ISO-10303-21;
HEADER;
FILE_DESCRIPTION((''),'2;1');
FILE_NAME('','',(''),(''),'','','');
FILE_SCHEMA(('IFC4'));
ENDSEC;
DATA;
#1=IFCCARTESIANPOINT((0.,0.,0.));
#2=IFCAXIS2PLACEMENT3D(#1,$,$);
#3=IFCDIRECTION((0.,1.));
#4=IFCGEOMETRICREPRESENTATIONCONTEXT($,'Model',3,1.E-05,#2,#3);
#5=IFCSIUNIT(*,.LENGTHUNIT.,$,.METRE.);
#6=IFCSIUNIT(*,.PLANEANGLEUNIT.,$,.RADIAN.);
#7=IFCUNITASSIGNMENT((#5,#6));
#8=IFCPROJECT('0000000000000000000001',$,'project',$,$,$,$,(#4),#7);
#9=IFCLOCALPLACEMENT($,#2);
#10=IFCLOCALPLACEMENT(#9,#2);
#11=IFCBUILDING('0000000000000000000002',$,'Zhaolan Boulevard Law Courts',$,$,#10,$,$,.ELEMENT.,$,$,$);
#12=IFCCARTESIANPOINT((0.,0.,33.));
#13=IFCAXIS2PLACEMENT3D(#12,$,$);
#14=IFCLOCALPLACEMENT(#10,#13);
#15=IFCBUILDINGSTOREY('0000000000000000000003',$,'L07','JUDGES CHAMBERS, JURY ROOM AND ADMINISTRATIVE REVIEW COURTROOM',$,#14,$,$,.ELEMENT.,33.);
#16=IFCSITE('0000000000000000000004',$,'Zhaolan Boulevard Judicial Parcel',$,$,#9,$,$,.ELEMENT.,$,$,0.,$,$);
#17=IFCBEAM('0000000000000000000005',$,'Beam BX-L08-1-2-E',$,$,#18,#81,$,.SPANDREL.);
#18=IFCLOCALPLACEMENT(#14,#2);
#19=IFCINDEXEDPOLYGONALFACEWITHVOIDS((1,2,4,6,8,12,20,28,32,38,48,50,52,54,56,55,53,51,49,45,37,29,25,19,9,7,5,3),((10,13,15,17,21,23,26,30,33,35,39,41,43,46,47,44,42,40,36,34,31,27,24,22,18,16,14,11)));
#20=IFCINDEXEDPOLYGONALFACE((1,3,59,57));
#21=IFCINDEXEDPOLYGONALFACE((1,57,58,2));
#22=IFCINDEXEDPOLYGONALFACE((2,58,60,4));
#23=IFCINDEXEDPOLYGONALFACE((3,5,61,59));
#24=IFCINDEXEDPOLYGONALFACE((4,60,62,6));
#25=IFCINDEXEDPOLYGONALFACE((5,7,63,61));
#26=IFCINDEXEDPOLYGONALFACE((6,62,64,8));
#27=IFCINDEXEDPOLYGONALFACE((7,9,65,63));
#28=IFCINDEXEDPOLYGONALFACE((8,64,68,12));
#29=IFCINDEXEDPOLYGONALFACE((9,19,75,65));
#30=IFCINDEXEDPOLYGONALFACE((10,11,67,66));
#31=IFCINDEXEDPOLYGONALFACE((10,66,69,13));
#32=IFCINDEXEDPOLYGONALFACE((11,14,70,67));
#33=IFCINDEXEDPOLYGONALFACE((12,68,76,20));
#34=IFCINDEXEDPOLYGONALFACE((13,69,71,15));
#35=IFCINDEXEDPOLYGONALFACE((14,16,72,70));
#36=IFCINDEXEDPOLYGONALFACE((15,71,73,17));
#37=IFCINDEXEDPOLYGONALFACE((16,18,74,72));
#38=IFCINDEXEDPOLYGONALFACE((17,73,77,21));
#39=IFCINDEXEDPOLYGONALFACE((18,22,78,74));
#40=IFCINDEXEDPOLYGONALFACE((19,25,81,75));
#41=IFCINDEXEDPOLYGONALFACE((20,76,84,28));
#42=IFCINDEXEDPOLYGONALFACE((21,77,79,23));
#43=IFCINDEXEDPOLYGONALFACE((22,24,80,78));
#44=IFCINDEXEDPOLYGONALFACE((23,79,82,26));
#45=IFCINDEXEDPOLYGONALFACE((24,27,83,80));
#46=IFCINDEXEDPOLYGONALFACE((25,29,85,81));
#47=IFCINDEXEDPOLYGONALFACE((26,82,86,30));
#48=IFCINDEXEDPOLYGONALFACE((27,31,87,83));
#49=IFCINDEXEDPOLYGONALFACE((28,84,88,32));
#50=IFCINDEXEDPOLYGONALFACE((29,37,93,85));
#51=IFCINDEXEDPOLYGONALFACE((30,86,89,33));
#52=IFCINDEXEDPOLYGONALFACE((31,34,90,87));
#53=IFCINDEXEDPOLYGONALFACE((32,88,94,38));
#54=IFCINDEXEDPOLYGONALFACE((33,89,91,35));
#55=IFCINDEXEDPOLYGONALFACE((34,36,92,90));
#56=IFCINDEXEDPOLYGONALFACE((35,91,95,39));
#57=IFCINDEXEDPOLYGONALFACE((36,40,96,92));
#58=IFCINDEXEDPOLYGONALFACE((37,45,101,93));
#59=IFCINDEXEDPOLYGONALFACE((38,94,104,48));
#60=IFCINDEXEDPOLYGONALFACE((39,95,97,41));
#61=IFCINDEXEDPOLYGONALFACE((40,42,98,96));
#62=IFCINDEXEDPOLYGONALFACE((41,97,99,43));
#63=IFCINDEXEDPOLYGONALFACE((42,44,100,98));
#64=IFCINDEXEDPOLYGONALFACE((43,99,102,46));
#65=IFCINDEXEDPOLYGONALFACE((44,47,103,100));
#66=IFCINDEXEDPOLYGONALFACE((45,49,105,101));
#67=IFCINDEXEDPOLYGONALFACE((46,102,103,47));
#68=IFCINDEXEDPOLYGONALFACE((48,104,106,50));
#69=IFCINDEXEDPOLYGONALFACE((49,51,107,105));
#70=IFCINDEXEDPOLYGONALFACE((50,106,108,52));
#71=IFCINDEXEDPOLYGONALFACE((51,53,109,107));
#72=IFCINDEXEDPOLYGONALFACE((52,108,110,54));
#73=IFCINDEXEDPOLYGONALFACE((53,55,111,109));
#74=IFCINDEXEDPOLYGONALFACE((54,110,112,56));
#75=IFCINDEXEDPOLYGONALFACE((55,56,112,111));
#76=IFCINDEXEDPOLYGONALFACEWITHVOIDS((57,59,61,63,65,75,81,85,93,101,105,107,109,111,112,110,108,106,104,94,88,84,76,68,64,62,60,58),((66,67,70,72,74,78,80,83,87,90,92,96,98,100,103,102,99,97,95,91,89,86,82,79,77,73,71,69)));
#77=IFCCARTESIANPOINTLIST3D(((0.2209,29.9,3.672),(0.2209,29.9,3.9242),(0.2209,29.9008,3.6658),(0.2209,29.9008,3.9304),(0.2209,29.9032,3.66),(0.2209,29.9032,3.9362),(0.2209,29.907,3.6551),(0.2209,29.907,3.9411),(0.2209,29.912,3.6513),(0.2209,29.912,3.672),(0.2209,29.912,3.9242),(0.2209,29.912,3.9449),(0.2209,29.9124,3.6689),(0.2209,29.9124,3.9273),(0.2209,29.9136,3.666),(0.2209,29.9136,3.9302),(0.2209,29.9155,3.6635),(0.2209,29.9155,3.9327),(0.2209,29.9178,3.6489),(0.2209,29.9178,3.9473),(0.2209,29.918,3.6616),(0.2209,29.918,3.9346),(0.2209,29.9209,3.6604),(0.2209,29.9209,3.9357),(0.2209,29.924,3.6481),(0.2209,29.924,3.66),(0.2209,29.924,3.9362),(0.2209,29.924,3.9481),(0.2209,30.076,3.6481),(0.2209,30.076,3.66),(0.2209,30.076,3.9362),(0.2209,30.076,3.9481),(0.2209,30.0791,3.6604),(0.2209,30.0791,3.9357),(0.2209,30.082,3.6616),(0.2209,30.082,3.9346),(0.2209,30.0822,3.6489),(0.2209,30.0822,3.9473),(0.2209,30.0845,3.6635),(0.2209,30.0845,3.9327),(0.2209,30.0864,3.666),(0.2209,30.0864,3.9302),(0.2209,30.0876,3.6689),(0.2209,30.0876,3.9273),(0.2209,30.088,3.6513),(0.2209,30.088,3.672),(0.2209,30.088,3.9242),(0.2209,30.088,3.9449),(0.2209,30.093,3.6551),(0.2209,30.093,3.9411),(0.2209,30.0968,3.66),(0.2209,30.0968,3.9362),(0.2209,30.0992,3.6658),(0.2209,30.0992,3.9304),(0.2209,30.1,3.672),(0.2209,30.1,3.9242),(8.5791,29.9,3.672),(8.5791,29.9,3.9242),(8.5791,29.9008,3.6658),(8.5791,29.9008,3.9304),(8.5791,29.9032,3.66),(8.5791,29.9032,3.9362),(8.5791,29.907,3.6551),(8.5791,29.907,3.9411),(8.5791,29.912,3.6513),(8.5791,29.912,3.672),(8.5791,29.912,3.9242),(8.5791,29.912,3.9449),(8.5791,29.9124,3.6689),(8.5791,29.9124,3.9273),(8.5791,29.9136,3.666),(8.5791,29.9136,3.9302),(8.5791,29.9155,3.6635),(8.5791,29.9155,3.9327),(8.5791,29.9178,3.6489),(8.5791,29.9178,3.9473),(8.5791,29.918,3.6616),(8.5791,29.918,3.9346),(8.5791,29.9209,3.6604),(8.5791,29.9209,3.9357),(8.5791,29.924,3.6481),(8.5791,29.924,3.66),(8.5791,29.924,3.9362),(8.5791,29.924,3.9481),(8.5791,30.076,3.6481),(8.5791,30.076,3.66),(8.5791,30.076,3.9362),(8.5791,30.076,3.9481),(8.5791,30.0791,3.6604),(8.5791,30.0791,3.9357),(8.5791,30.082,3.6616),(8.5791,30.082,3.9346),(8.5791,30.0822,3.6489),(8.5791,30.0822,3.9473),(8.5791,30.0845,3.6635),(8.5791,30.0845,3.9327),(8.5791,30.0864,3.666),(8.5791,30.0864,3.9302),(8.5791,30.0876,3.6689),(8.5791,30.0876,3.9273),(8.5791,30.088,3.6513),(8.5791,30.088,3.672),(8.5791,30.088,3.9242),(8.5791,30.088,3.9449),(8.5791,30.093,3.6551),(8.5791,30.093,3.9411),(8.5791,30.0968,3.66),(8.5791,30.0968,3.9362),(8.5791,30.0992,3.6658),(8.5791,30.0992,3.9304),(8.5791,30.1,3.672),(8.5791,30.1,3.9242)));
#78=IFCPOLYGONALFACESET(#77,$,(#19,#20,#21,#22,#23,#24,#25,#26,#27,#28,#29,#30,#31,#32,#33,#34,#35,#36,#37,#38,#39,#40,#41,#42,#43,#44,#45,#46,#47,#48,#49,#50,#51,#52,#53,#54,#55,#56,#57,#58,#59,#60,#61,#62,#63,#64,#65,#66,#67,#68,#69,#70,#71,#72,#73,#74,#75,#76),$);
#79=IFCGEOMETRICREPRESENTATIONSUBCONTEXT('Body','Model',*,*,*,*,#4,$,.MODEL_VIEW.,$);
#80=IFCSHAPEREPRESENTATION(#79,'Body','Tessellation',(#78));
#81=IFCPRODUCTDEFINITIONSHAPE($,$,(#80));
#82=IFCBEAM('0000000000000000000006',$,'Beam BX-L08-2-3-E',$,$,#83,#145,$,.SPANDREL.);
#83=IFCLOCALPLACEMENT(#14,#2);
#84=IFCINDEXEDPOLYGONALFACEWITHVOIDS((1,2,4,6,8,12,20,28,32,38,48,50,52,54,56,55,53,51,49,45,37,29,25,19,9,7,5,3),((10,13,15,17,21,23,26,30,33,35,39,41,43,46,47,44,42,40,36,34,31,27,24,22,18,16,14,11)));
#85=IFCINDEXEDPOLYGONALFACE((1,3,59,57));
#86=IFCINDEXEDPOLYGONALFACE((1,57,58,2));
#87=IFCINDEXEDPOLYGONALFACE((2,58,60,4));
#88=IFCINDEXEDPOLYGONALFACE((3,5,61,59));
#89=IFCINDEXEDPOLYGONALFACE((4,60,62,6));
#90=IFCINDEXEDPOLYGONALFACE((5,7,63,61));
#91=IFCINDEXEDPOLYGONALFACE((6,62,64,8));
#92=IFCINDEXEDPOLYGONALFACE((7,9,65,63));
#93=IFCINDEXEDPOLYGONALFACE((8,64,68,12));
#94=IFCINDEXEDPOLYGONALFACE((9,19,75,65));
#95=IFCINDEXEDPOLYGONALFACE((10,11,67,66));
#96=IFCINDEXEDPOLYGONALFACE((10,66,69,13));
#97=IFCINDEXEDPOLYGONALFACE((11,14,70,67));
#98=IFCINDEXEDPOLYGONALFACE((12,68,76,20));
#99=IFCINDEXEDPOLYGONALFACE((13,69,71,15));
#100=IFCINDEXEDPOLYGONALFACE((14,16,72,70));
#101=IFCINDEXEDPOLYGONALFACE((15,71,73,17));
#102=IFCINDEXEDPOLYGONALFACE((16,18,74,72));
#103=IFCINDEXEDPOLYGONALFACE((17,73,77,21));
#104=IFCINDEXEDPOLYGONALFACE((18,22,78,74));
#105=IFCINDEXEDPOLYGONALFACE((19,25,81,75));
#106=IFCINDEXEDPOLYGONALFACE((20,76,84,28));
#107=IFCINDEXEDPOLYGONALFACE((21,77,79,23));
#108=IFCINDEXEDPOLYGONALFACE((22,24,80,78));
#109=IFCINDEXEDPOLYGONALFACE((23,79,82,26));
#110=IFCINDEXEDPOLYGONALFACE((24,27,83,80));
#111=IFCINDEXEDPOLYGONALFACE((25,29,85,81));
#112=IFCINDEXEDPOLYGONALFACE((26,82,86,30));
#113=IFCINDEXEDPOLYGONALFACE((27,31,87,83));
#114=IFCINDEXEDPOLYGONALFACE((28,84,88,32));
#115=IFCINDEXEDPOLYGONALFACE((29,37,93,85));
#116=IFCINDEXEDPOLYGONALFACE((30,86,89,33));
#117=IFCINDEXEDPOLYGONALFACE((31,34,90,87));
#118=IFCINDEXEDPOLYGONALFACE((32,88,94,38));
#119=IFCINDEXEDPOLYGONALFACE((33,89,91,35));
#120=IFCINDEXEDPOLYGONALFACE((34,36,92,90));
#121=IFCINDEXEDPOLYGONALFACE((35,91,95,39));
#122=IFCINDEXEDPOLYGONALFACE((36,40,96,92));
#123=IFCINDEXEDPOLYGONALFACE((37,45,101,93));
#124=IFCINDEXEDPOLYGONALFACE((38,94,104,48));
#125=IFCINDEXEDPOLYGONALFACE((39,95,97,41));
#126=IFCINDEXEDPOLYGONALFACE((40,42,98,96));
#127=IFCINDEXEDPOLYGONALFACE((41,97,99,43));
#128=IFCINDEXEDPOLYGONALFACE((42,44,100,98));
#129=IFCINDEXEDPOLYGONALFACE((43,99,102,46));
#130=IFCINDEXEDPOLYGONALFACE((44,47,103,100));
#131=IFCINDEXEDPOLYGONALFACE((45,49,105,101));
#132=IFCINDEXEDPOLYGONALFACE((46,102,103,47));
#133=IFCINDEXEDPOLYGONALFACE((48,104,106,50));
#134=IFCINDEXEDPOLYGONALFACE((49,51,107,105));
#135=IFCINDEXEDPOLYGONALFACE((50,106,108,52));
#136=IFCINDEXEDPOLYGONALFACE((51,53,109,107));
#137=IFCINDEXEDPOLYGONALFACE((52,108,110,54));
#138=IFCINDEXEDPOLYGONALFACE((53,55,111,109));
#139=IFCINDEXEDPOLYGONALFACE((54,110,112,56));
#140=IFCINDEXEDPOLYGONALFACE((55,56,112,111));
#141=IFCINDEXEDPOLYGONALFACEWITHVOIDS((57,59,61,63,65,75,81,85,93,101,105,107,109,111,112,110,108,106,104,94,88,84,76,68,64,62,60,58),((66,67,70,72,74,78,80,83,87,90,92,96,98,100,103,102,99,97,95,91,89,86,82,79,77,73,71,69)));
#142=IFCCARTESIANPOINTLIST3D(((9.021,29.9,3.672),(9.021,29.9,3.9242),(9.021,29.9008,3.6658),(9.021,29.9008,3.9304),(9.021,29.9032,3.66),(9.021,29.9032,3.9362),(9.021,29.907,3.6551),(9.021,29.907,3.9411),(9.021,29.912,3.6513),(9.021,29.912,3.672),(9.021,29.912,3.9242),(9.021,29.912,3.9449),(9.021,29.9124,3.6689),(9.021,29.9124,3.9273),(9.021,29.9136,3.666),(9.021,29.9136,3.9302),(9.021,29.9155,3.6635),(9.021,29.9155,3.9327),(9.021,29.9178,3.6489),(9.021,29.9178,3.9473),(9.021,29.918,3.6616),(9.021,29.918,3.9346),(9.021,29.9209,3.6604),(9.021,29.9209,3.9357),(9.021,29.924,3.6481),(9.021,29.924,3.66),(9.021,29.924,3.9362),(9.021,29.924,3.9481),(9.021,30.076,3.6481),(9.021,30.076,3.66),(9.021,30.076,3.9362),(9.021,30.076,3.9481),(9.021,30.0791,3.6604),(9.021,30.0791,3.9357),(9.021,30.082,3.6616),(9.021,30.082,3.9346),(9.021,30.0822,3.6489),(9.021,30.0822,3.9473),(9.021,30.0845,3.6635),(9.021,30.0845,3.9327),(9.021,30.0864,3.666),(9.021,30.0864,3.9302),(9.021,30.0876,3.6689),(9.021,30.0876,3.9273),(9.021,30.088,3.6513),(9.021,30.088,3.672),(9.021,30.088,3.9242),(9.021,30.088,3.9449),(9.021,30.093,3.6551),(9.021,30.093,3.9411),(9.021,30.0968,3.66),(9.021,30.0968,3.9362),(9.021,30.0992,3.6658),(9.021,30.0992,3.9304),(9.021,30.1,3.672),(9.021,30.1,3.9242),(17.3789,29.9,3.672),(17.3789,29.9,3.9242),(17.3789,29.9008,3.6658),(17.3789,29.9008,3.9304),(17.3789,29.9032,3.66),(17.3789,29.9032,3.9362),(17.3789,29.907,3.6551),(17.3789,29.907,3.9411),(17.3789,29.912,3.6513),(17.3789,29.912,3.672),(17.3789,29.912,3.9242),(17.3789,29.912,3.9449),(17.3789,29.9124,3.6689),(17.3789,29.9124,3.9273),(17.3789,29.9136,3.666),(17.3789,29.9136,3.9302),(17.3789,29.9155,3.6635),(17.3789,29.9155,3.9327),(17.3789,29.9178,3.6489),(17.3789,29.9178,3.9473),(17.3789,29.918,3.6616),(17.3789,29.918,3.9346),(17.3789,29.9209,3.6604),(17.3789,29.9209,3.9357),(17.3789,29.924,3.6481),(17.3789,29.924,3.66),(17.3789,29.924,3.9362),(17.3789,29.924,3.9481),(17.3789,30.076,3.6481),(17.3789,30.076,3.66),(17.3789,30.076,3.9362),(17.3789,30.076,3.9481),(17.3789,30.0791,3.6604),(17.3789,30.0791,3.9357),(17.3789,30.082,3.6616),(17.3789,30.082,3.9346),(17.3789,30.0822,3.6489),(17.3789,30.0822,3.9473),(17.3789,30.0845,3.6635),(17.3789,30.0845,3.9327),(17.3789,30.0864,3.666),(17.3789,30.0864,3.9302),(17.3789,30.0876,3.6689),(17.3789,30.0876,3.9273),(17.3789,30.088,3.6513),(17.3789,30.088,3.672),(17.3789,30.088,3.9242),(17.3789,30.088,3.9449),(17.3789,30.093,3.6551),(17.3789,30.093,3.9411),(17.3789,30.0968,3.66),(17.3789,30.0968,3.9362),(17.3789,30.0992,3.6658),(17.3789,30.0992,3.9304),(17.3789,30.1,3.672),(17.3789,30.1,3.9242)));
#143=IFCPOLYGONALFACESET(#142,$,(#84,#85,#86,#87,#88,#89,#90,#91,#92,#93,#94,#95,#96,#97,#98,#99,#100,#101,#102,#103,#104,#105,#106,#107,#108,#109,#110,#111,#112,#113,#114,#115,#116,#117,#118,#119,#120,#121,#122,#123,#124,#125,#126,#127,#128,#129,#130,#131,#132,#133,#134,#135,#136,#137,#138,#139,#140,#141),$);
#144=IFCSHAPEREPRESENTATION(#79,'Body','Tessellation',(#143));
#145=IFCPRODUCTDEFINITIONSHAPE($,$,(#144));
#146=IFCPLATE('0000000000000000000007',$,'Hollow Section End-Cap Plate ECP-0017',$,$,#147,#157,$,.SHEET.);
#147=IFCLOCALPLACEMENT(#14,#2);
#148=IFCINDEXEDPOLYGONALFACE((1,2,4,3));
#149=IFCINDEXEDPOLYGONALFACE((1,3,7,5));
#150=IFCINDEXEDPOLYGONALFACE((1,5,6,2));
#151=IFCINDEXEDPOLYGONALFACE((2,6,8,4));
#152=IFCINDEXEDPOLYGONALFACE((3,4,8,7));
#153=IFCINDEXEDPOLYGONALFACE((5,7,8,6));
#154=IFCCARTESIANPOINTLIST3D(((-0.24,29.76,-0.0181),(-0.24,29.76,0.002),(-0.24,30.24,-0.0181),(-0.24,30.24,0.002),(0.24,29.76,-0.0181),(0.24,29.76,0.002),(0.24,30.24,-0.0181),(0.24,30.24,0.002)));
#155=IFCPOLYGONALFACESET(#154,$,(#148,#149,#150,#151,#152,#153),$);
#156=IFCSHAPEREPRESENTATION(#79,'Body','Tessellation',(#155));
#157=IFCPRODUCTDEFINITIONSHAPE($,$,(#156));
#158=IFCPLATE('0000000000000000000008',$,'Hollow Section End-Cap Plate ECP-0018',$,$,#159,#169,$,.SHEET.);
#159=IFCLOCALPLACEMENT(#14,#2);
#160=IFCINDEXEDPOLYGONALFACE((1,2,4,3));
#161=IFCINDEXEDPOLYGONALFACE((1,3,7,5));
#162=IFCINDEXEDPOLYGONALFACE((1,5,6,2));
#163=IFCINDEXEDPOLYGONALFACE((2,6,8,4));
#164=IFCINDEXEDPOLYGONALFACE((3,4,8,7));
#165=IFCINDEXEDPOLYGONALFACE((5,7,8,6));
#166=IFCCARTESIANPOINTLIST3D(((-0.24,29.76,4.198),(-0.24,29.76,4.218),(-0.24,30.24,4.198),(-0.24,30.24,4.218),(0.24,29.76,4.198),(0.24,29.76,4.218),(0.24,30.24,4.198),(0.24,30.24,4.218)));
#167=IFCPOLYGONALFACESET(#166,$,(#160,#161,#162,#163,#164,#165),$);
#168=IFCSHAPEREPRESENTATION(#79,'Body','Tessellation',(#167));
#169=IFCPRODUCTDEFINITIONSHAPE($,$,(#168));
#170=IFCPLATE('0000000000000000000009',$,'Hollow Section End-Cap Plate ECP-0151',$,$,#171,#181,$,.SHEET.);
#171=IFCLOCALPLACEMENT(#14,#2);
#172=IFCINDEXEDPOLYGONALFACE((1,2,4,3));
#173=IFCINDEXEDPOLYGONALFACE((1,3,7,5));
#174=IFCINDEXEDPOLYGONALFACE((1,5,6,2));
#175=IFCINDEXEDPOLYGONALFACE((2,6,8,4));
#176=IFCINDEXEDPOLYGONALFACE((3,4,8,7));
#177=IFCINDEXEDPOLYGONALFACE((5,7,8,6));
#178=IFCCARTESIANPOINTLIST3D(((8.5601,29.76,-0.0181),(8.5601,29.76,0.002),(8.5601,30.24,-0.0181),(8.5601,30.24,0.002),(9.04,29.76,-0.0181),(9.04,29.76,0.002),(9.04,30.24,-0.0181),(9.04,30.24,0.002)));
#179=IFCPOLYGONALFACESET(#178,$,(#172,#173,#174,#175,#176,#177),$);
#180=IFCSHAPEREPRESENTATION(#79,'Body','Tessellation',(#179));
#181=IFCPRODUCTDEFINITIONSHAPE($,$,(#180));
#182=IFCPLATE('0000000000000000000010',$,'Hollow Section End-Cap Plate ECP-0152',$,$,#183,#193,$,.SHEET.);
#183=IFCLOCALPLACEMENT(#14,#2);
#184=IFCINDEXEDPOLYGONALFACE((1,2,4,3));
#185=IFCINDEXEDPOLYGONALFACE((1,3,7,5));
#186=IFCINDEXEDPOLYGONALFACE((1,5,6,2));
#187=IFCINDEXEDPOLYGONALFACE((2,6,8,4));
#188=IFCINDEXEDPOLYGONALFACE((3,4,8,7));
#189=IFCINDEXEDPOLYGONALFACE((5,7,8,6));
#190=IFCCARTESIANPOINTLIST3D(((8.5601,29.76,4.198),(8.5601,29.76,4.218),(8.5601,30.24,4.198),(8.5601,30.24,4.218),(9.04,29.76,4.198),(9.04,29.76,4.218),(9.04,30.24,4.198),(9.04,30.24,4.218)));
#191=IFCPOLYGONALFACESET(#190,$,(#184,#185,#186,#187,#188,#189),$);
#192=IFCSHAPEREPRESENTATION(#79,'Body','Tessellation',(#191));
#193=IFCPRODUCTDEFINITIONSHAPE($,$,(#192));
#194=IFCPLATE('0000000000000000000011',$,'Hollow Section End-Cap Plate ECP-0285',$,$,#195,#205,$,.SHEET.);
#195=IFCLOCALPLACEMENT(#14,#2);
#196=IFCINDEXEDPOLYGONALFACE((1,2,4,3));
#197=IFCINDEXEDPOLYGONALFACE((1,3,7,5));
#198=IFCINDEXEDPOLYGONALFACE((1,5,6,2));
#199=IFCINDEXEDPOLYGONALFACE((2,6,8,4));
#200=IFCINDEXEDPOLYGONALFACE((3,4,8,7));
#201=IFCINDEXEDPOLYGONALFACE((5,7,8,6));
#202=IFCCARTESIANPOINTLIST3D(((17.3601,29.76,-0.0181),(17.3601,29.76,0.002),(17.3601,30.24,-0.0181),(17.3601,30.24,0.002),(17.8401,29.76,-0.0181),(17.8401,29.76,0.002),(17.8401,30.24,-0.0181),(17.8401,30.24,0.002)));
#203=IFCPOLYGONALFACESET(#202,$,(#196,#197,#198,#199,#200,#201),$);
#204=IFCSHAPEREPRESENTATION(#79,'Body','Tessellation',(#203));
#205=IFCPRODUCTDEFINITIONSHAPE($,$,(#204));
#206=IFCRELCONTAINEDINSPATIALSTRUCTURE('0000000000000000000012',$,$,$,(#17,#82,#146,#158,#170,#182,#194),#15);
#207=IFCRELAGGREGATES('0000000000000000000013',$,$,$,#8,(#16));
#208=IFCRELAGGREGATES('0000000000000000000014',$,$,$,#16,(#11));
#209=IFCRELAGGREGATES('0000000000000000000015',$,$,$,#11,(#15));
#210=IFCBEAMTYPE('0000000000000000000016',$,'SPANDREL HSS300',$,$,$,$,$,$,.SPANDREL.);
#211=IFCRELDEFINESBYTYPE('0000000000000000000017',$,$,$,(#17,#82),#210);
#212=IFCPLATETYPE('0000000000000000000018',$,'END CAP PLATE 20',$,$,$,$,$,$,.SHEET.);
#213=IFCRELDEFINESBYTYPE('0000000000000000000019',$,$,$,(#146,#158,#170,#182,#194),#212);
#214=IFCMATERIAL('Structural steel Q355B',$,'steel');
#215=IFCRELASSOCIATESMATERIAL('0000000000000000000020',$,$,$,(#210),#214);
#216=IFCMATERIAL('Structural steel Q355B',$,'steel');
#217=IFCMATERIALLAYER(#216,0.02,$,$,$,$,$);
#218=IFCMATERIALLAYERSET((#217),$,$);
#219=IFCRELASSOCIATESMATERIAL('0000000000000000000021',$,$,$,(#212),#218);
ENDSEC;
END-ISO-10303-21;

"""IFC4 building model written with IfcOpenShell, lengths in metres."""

from ifc_helpers import new_model, si_unit, direction, frame, origin, origin_2d, place, context, subcontext, project, spatial, rectangle, hollow_rectangle, extrude, material, layer, layer_set, material_profile, profile_set, type_object, element, save


model = new_model("IFC4")

# Units and contexts
model_context = context("Model", 3, precision=1e-05, world=origin(), true_north=direction((0.0, 1.0)))
body_context = subcontext(model_context, "Body", "Model", "MODEL_VIEW")
ifc_project = project(units=[si_unit("LENGTHUNIT", "METRE"), si_unit("PLANEANGLEUNIT", "RADIAN")], contexts=[model_context])

# Site, building, storey
site_placement = place(None, origin())
site = spatial("IfcSite", under=ifc_project, at=site_placement, Name="Zhaolan Boulevard Judicial Parcel", CompositionType="ELEMENT", RefElevation=0.0)
building_placement = place(site_placement, origin())
building = spatial("IfcBuilding", under=site, at=building_placement, Name="Zhaolan Boulevard Law Courts", CompositionType="ELEMENT")
storey_placement = place(building_placement, frame((0.0, 0.0, 33.0)))
storey = spatial("IfcBuildingStorey", under=building, at=storey_placement, Name="L07", Description="JUDGES CHAMBERS, JURY ROOM AND ADMINISTRATIVE REVIEW COURTROOM", CompositionType="ELEMENT", Elevation=33.0)

# Beams
ifc_material_1 = material(Name="Structural steel Q355B", Category="steel")
ifc_material_profile_1 = material_profile(ifc_material_1, hollow_rectangle(XDim=0.2, YDim=0.3, WallThickness=0.012, InnerFilletRadius=0.012, OuterFilletRadius=0.0239, at=origin_2d()), Name="HSS300x200x12")
ifc_profile_set_1 = profile_set([ifc_material_profile_1], Name="Structural steel Q355B")
beam_type = type_object("IfcBeamType", Name="SPANDREL HSS300", PredefinedType="SPANDREL", material=ifc_profile_set_1)
beam_1_placement = place(storey_placement, frame((0.2209, 30.0, 3.7981), z_axis=(1.0, 0.0, 0.0), x_axis=(0.0, 1.0, 0.0)))
element("IfcBeam", 1, at=beam_1_placement, inside=storey, type_object=beam_type, Name="Beam BX-L08-1-2-E", PredefinedType="SPANDREL", context=body_context, shape_type="SweptSolid", body=[
    extrude(hollow_rectangle(XDim=0.2, YDim=0.3, WallThickness=0.012, InnerFilletRadius=0.012, OuterFilletRadius=0.0239, at=origin_2d()), origin(), (0.0, 0.0, 1.0), 8.3582),
])
beam_2_placement = place(storey_placement, frame((9.021, 30.0, 3.7981), z_axis=(1.0, 0.0, 0.0), x_axis=(0.0, 1.0, 0.0)))
element("IfcBeam", 2, at=beam_2_placement, inside=storey, type_object=beam_type, Name="Beam BX-L08-2-3-E", PredefinedType="SPANDREL", context=body_context, shape_type="SweptSolid", body=[
    extrude(hollow_rectangle(XDim=0.2, YDim=0.3, WallThickness=0.012, InnerFilletRadius=0.012, OuterFilletRadius=0.0239, at=origin_2d()), origin(), (0.0, 0.0, 1.0), 8.3579),
])

# Plates
ifc_material_2 = material(Name="Structural steel Q355B", Category="steel")
ifc_layer_1 = layer(ifc_material_2, 0.02)
ifc_layer_set_1 = layer_set([ifc_layer_1])
plate_type = type_object("IfcPlateType", Name="END CAP PLATE 20", PredefinedType="SHEET", material=ifc_layer_set_1)
for number, where, z_axis, x_axis, name in (
    (3, (0.0, 30.0, -0.0181), (0.0, 0.0, 1.0), (1.0, 0.0, 0.0), "Hollow Section End-Cap Plate ECP-0017"),
    (4, (0.0, 30.0, 4.198), (0.0, 0.0, 1.0), (1.0, 0.0, 0.0), "Hollow Section End-Cap Plate ECP-0018"),
    (5, (8.8, 30.0, -0.0181), (0.0, 0.0, 1.0), (1.0, 0.0, 0.0), "Hollow Section End-Cap Plate ECP-0151"),
    (6, (8.8, 30.0, 4.198), (0.0, 0.0, 1.0), (1.0, 0.0, 0.0), "Hollow Section End-Cap Plate ECP-0152"),
    (7, (17.6001, 30.0, -0.0181), (0.0, 0.0, 1.0), (1.0, 0.0, 0.0), "Hollow Section End-Cap Plate ECP-0285"),
):
    element("IfcPlate", number, at=place(storey_placement, frame(where, z_axis=z_axis, x_axis=x_axis)), inside=storey, type_object=plate_type, Name=name, PredefinedType="SHEET", context=body_context, shape_type="SweptSolid", body=[
        extrude(rectangle(XDim=0.48, YDim=0.48, at=origin_2d()), origin(), (0.0, 0.0, 1.0), 0.02),
    ])

save(model, "model.ifc")
